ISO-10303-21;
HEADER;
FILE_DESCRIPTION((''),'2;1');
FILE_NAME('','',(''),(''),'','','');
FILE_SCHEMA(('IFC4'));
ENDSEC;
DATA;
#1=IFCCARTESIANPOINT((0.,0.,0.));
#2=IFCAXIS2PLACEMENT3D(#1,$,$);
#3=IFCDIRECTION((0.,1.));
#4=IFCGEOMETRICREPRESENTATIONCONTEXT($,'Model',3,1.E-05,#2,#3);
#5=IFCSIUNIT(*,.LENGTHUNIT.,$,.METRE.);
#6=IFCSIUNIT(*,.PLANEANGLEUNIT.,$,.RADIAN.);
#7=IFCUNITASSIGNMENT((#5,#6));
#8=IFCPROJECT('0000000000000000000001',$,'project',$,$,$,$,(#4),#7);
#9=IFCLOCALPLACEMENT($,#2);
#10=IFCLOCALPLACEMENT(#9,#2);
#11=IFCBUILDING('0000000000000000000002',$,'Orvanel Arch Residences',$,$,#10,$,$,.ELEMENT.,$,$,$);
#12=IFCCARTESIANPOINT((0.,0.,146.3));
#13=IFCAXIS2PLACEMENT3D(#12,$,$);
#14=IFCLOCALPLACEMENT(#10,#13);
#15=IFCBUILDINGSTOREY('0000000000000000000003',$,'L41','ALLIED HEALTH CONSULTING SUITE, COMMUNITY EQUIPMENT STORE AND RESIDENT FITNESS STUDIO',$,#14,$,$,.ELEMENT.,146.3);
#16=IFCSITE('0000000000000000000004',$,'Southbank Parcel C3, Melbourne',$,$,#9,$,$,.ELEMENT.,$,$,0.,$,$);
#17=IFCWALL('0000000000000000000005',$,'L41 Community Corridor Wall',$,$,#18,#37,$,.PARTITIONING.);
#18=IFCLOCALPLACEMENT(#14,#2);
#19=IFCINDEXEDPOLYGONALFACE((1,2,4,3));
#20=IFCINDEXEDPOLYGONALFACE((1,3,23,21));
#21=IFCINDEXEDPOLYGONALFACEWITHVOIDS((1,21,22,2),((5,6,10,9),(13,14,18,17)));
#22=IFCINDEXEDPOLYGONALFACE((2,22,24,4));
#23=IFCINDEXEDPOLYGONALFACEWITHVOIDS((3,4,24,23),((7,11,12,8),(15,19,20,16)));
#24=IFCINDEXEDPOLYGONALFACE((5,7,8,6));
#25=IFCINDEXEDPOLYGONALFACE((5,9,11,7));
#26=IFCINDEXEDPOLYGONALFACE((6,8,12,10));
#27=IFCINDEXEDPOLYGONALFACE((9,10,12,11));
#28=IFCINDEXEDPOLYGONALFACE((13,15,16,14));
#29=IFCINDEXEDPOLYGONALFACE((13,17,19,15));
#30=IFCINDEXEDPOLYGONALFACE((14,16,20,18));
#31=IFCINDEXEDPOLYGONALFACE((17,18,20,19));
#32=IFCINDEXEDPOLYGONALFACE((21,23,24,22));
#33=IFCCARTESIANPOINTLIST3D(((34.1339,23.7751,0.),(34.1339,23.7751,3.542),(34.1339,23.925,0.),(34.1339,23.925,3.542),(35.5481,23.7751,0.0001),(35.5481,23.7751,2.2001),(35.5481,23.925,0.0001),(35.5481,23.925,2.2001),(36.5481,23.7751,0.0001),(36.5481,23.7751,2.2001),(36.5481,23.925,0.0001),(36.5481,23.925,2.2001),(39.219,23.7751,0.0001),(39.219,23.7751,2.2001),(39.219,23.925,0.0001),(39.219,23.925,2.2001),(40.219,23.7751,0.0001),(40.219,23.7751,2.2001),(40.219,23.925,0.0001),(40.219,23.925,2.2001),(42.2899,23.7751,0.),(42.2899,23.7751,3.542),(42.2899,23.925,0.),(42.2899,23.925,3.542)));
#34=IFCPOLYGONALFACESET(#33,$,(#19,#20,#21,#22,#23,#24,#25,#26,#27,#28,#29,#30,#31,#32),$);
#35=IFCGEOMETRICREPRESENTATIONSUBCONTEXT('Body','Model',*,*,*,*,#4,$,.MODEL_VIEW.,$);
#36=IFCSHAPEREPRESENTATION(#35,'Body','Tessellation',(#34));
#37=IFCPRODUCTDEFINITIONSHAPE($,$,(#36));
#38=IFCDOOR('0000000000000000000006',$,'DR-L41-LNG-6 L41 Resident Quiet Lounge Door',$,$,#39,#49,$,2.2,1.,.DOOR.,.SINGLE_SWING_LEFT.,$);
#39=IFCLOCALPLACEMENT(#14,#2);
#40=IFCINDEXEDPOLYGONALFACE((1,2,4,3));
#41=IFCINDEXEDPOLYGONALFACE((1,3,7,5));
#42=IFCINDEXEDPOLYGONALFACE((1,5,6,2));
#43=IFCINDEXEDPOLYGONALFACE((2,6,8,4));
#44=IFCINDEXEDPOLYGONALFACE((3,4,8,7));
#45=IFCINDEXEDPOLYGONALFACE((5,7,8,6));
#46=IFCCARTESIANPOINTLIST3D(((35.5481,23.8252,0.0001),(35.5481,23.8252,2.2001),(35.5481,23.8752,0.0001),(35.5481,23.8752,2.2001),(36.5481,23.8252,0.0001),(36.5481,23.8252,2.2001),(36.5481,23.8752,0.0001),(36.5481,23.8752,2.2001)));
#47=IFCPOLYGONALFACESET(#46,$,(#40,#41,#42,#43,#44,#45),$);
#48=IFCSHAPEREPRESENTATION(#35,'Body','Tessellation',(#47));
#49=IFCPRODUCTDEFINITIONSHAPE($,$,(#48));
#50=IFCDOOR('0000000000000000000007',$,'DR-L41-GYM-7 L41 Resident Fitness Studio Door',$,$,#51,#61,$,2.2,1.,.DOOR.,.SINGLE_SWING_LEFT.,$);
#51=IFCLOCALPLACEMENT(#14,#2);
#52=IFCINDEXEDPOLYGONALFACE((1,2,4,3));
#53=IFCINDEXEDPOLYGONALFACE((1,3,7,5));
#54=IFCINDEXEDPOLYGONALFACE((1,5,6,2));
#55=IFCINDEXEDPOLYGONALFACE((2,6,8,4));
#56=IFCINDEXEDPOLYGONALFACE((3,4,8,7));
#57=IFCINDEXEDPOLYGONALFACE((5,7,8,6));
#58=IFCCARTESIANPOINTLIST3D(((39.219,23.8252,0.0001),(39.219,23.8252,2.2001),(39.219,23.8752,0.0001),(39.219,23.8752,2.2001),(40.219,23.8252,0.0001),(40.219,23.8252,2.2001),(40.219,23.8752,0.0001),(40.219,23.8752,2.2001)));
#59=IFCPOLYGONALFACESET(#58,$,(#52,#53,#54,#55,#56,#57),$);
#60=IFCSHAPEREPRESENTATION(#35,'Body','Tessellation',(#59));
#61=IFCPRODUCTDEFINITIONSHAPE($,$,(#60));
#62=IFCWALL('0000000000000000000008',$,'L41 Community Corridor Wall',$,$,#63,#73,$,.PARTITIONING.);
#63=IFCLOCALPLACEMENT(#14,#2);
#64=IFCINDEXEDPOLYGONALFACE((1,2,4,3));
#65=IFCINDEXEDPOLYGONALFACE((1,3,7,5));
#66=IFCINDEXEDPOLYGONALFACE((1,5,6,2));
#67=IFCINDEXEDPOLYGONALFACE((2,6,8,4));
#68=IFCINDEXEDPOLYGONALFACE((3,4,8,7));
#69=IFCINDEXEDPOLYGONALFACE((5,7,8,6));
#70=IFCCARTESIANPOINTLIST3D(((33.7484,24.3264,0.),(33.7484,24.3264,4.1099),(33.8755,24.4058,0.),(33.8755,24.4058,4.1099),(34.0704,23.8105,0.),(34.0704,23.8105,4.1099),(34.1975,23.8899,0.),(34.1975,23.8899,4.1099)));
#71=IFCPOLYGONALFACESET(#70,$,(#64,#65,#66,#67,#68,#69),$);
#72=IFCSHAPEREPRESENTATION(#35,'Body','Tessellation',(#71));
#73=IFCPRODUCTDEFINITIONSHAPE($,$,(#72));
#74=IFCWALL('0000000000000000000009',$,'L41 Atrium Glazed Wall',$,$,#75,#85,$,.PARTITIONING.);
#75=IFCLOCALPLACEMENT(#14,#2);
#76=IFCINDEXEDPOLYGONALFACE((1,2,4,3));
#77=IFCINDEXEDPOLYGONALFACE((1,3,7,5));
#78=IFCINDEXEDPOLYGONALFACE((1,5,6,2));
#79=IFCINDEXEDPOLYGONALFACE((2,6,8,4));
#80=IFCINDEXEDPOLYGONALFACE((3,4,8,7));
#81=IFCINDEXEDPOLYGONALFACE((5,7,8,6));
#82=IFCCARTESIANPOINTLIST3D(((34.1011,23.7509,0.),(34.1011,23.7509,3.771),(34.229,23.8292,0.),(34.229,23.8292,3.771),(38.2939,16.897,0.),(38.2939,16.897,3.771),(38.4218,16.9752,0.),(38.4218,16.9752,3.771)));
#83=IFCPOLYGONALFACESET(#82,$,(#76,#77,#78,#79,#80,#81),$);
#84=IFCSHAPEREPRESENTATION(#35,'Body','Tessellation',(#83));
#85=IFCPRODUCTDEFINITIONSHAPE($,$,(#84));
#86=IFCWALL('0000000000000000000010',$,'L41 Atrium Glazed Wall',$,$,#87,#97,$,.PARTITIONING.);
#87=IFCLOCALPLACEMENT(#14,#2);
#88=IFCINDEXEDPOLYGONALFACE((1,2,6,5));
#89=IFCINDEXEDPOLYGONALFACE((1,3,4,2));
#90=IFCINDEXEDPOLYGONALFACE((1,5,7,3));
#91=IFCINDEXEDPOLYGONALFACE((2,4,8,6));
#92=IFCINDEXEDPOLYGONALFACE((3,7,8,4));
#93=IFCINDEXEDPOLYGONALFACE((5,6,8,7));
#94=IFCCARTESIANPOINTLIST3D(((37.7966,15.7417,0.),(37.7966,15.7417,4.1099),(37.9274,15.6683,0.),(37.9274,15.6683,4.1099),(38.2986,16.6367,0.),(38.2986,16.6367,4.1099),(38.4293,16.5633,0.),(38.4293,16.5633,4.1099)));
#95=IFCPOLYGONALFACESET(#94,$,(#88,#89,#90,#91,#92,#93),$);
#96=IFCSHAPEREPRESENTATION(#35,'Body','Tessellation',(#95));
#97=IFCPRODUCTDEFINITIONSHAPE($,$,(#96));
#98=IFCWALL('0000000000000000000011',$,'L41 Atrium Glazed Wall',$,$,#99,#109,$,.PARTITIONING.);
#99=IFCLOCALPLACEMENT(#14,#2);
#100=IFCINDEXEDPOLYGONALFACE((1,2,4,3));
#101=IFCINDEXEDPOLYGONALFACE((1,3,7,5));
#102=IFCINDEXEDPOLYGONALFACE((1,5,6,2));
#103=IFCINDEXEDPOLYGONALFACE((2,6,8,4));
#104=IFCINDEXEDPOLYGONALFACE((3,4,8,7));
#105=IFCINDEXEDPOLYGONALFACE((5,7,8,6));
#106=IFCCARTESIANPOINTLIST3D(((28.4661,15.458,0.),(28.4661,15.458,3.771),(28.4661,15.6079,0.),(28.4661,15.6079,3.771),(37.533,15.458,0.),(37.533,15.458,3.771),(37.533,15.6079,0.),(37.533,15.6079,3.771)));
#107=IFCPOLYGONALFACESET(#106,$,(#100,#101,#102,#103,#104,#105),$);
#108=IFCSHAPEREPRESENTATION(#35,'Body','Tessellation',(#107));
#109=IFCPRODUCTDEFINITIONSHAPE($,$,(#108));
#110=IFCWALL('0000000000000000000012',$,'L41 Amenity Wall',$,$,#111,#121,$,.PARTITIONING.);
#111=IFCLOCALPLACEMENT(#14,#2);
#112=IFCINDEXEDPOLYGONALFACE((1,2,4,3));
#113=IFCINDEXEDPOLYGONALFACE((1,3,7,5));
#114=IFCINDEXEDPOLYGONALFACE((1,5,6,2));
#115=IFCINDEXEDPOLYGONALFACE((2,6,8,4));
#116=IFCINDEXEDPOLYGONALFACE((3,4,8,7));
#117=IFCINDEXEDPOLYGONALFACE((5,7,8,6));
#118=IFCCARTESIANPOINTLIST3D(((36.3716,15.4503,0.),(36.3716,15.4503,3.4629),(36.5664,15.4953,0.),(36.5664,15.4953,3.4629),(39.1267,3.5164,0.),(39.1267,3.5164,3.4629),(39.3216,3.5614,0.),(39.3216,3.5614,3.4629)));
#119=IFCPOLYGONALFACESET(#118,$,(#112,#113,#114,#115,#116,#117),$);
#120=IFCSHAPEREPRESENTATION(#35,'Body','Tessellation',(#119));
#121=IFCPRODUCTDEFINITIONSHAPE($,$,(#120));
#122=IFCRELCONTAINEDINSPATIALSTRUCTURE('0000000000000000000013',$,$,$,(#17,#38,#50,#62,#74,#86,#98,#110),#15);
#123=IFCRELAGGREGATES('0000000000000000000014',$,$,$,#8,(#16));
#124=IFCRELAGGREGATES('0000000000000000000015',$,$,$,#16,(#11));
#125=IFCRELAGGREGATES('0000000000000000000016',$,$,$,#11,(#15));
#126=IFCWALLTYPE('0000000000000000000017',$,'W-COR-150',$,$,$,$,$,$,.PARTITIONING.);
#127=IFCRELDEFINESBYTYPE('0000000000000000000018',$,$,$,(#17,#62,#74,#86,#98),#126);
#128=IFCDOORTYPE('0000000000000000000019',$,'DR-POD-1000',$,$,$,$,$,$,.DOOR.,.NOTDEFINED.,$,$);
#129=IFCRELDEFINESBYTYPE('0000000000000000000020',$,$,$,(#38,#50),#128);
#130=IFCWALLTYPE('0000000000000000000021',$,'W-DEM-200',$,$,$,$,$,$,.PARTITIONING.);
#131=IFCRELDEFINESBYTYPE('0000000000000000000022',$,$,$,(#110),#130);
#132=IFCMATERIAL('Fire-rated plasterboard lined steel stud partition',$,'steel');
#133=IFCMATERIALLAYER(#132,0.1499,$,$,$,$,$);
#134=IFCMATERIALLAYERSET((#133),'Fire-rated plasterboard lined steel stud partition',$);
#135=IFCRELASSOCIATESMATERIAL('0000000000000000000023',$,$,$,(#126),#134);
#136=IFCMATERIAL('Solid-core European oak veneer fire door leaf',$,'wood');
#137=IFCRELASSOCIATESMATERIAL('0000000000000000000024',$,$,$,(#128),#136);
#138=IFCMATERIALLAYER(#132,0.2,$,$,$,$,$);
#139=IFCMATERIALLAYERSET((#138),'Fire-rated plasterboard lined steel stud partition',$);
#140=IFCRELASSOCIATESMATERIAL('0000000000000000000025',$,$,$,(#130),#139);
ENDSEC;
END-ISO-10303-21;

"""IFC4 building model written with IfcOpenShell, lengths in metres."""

from ifc_helpers import new_model, si_unit, direction, frame, frame_2d, origin, place, context, subcontext, project, spatial, rectangle, extrude, material, layer, layer_set, type_object, element, fill, save


model = new_model("IFC4")

# Units and contexts
model_context = context("Model", 3, precision=1e-05, world=origin(), true_north=direction((0.0, 1.0)))
body_context = subcontext(model_context, "Body", "Model", "MODEL_VIEW")
ifc_project = project(units=[si_unit("LENGTHUNIT", "METRE"), si_unit("PLANEANGLEUNIT", "RADIAN")], contexts=[model_context])

# Site, building, storey
site_placement = place(None, origin())
site = spatial("IfcSite", under=ifc_project, at=site_placement, Name="Southbank Parcel C3, Melbourne", CompositionType="ELEMENT", RefElevation=0.0)
building_placement = place(site_placement, origin())
building = spatial("IfcBuilding", under=site, at=building_placement, Name="Orvanel Arch Residences", CompositionType="ELEMENT")
storey_placement = place(building_placement, frame((0.0, 0.0, 146.3)))
storey = spatial("IfcBuildingStorey", under=building, at=storey_placement, Name="L41", Description="ALLIED HEALTH CONSULTING SUITE, COMMUNITY EQUIPMENT STORE AND RESIDENT FITNESS STUDIO", CompositionType="ELEMENT", Elevation=146.3)

# Wall, openings, doors
ifc_material_1 = material(Name="Fire-rated plasterboard lined steel stud partition", Category="steel")
ifc_layer_1 = layer(ifc_material_1, 0.1499)
ifc_layer_set_1 = layer_set([ifc_layer_1], Name="Fire-rated plasterboard lined steel stud partition")
wall_type_1 = type_object("IfcWallType", Name="W-COR-150", PredefinedType="PARTITIONING", material=ifc_layer_set_1)
wall_1_placement = place(storey_placement, frame((42.29, 23.8501, 0.0), z_axis=(0.0, 0.0, 1.0), x_axis=(-1.0, 0.0, 0.0)))
wall_1 = element("IfcWall", 1, at=wall_1_placement, inside=storey, type_object=wall_type_1, Name="L41 Community Corridor Wall", PredefinedType="PARTITIONING", context=body_context, shape_type="SweptSolid", body=[
    extrude(rectangle(XDim=8.156, YDim=0.1499, at=frame_2d((4.0781, 0.0))), origin(), (0.0, 0.0, 1.0), 3.542),
])
opening_1_placement = place(wall_1_placement, frame((5.7419, 0.0, 0.0)))
opening_1 = element("IfcOpeningElement", 2, at=opening_1_placement, cuts=wall_1, PredefinedType="OPENING", context=body_context, shape_type="SweptSolid", body=[
    extrude(rectangle(XDim=1.0, YDim=2.2, at=frame_2d((0.5, 1.1001))), frame((0.0, 0.085, 0.0), z_axis=(0.0, -1.0, 0.0), x_axis=(1.0, 0.0, 0.0)), (0.0, 0.0, 1.0), 0.1699),
])
opening_2_placement = place(wall_1_placement, frame((2.071, 0.0, 0.0)))
opening_2 = element("IfcOpeningElement", 3, at=opening_2_placement, cuts=wall_1, PredefinedType="OPENING", context=body_context, shape_type="SweptSolid", body=[
    extrude(rectangle(XDim=1.0, YDim=2.2, at=frame_2d((0.5, 1.1001))), frame((0.0, 0.085, 0.0), z_axis=(0.0, -1.0, 0.0), x_axis=(1.0, 0.0, 0.0)), (0.0, 0.0, 1.0), 0.1699),
])
ifc_material_2 = material(Name="Solid-core European oak veneer fire door leaf", Category="wood")
door_type_1 = type_object("IfcDoorType", Name="DR-POD-1000", OperationType="NOTDEFINED", PredefinedType="DOOR", material=ifc_material_2)
door_1_placement = place(opening_1_placement, origin())
door_1 = element("IfcDoor", 4, at=door_1_placement, inside=storey, type_object=door_type_1, Name="DR-L41-LNG-6 L41 Resident Quiet Lounge Door", OperationType="SINGLE_SWING_LEFT", OverallHeight=2.2, OverallWidth=1.0, PredefinedType="DOOR", context=body_context, shape_type="SweptSolid", body=[
    extrude(rectangle(XDim=1.0, YDim=2.2, at=frame_2d((0.5, 1.1001))), frame((0.0, 0.0249, 0.0), z_axis=(0.0, -1.0, 0.0), x_axis=(1.0, 0.0, 0.0)), (0.0, 0.0, 1.0), 0.05),
])
fill(opening_1, door_1)
door_2_placement = place(opening_2_placement, origin())
door_2 = element("IfcDoor", 5, at=door_2_placement, inside=storey, type_object=door_type_1, Name="DR-L41-GYM-7 L41 Resident Fitness Studio Door", OperationType="SINGLE_SWING_LEFT", OverallHeight=2.2, OverallWidth=1.0, PredefinedType="DOOR", context=body_context, shape_type="SweptSolid", body=[
    extrude(rectangle(XDim=1.0, YDim=2.2, at=frame_2d((0.5, 1.1001))), frame((0.0, 0.0249, 0.0), z_axis=(0.0, -1.0, 0.0), x_axis=(1.0, 0.0, 0.0)), (0.0, 0.0, 1.0), 0.05),
])
fill(opening_2, door_2)

# Walls
wall_2_placement = place(storey_placement, frame((34.134, 23.8501, 0.0), z_axis=(0.0, 0.0, 1.0), x_axis=(-0.52953, 0.848291, 0.0)))
element("IfcWall", 6, at=wall_2_placement, inside=storey, type_object=wall_type_1, Name="L41 Community Corridor Wall", PredefinedType="PARTITIONING", context=body_context, shape_type="SweptSolid", body=[
    extrude(rectangle(XDim=0.6082, YDim=0.1499, at=frame_2d((0.3042, 0.0))), origin(), (0.0, 0.0, 1.0), 4.1099),
])
wall_3_placement = place(storey_placement, frame((34.165, 23.79, 0.0), z_axis=(0.0, 0.0, 1.0), x_axis=(0.521841, -0.853043, 0.0)))
element("IfcWall", 7, at=wall_3_placement, inside=storey, type_object=wall_type_1, Name="L41 Atrium Glazed Wall", PredefinedType="PARTITIONING", context=body_context, shape_type="SweptSolid", body=[
    extrude(rectangle(XDim=8.0347, YDim=0.1499, at=frame_2d((4.0173, 0.0))), origin(), (0.0, 0.0, 1.0), 3.771),
])
wall_4_placement = place(storey_placement, frame((38.364, 16.6001, 0.0), z_axis=(0.0, 0.0, 1.0), x_axis=(-0.489154, -0.872198, 0.0)))
element("IfcWall", 8, at=wall_4_placement, inside=storey, type_object=wall_type_1, Name="L41 Atrium Glazed Wall", PredefinedType="PARTITIONING", context=body_context, shape_type="SweptSolid", body=[
    extrude(rectangle(XDim=1.0261, YDim=0.1499, at=frame_2d((0.5132, 0.0))), origin(), (0.0, 0.0, 1.0), 4.1099),
])
wall_5_placement = place(storey_placement, frame((37.533, 15.533, 0.0), z_axis=(0.0, 0.0, 1.0), x_axis=(-1.0, 0.0, 0.0)))
element("IfcWall", 9, at=wall_5_placement, inside=storey, type_object=wall_type_1, Name="L41 Atrium Glazed Wall", PredefinedType="PARTITIONING", context=body_context, shape_type="SweptSolid", body=[
    extrude(rectangle(XDim=9.0669, YDim=0.1499, at=frame_2d((4.5334, 0.0))), origin(), (0.0, 0.0, 1.0), 3.771),
])
ifc_layer_2 = layer(ifc_material_1, 0.2)
ifc_layer_set_2 = layer_set([ifc_layer_2], Name="Fire-rated plasterboard lined steel stud partition")
wall_type_2 = type_object("IfcWallType", Name="W-DEM-200", PredefinedType="PARTITIONING", material=ifc_layer_set_2)
wall_6_placement = place(storey_placement, frame((36.469, 15.4729, 0.0), z_axis=(0.0, 0.0, 1.0), x_axis=(0.22495, -0.97437, 0.0)))
element("IfcWall", 10, at=wall_6_placement, inside=storey, type_object=wall_type_2, Name="L41 Amenity Wall", PredefinedType="PARTITIONING", context=body_context, shape_type="SweptSolid", body=[
    extrude(rectangle(XDim=12.2478, YDim=0.2, at=frame_2d((6.124, 0.0))), origin(), (0.0, 0.0, 1.0), 3.4629),
])

save(model, "model.ifc")
